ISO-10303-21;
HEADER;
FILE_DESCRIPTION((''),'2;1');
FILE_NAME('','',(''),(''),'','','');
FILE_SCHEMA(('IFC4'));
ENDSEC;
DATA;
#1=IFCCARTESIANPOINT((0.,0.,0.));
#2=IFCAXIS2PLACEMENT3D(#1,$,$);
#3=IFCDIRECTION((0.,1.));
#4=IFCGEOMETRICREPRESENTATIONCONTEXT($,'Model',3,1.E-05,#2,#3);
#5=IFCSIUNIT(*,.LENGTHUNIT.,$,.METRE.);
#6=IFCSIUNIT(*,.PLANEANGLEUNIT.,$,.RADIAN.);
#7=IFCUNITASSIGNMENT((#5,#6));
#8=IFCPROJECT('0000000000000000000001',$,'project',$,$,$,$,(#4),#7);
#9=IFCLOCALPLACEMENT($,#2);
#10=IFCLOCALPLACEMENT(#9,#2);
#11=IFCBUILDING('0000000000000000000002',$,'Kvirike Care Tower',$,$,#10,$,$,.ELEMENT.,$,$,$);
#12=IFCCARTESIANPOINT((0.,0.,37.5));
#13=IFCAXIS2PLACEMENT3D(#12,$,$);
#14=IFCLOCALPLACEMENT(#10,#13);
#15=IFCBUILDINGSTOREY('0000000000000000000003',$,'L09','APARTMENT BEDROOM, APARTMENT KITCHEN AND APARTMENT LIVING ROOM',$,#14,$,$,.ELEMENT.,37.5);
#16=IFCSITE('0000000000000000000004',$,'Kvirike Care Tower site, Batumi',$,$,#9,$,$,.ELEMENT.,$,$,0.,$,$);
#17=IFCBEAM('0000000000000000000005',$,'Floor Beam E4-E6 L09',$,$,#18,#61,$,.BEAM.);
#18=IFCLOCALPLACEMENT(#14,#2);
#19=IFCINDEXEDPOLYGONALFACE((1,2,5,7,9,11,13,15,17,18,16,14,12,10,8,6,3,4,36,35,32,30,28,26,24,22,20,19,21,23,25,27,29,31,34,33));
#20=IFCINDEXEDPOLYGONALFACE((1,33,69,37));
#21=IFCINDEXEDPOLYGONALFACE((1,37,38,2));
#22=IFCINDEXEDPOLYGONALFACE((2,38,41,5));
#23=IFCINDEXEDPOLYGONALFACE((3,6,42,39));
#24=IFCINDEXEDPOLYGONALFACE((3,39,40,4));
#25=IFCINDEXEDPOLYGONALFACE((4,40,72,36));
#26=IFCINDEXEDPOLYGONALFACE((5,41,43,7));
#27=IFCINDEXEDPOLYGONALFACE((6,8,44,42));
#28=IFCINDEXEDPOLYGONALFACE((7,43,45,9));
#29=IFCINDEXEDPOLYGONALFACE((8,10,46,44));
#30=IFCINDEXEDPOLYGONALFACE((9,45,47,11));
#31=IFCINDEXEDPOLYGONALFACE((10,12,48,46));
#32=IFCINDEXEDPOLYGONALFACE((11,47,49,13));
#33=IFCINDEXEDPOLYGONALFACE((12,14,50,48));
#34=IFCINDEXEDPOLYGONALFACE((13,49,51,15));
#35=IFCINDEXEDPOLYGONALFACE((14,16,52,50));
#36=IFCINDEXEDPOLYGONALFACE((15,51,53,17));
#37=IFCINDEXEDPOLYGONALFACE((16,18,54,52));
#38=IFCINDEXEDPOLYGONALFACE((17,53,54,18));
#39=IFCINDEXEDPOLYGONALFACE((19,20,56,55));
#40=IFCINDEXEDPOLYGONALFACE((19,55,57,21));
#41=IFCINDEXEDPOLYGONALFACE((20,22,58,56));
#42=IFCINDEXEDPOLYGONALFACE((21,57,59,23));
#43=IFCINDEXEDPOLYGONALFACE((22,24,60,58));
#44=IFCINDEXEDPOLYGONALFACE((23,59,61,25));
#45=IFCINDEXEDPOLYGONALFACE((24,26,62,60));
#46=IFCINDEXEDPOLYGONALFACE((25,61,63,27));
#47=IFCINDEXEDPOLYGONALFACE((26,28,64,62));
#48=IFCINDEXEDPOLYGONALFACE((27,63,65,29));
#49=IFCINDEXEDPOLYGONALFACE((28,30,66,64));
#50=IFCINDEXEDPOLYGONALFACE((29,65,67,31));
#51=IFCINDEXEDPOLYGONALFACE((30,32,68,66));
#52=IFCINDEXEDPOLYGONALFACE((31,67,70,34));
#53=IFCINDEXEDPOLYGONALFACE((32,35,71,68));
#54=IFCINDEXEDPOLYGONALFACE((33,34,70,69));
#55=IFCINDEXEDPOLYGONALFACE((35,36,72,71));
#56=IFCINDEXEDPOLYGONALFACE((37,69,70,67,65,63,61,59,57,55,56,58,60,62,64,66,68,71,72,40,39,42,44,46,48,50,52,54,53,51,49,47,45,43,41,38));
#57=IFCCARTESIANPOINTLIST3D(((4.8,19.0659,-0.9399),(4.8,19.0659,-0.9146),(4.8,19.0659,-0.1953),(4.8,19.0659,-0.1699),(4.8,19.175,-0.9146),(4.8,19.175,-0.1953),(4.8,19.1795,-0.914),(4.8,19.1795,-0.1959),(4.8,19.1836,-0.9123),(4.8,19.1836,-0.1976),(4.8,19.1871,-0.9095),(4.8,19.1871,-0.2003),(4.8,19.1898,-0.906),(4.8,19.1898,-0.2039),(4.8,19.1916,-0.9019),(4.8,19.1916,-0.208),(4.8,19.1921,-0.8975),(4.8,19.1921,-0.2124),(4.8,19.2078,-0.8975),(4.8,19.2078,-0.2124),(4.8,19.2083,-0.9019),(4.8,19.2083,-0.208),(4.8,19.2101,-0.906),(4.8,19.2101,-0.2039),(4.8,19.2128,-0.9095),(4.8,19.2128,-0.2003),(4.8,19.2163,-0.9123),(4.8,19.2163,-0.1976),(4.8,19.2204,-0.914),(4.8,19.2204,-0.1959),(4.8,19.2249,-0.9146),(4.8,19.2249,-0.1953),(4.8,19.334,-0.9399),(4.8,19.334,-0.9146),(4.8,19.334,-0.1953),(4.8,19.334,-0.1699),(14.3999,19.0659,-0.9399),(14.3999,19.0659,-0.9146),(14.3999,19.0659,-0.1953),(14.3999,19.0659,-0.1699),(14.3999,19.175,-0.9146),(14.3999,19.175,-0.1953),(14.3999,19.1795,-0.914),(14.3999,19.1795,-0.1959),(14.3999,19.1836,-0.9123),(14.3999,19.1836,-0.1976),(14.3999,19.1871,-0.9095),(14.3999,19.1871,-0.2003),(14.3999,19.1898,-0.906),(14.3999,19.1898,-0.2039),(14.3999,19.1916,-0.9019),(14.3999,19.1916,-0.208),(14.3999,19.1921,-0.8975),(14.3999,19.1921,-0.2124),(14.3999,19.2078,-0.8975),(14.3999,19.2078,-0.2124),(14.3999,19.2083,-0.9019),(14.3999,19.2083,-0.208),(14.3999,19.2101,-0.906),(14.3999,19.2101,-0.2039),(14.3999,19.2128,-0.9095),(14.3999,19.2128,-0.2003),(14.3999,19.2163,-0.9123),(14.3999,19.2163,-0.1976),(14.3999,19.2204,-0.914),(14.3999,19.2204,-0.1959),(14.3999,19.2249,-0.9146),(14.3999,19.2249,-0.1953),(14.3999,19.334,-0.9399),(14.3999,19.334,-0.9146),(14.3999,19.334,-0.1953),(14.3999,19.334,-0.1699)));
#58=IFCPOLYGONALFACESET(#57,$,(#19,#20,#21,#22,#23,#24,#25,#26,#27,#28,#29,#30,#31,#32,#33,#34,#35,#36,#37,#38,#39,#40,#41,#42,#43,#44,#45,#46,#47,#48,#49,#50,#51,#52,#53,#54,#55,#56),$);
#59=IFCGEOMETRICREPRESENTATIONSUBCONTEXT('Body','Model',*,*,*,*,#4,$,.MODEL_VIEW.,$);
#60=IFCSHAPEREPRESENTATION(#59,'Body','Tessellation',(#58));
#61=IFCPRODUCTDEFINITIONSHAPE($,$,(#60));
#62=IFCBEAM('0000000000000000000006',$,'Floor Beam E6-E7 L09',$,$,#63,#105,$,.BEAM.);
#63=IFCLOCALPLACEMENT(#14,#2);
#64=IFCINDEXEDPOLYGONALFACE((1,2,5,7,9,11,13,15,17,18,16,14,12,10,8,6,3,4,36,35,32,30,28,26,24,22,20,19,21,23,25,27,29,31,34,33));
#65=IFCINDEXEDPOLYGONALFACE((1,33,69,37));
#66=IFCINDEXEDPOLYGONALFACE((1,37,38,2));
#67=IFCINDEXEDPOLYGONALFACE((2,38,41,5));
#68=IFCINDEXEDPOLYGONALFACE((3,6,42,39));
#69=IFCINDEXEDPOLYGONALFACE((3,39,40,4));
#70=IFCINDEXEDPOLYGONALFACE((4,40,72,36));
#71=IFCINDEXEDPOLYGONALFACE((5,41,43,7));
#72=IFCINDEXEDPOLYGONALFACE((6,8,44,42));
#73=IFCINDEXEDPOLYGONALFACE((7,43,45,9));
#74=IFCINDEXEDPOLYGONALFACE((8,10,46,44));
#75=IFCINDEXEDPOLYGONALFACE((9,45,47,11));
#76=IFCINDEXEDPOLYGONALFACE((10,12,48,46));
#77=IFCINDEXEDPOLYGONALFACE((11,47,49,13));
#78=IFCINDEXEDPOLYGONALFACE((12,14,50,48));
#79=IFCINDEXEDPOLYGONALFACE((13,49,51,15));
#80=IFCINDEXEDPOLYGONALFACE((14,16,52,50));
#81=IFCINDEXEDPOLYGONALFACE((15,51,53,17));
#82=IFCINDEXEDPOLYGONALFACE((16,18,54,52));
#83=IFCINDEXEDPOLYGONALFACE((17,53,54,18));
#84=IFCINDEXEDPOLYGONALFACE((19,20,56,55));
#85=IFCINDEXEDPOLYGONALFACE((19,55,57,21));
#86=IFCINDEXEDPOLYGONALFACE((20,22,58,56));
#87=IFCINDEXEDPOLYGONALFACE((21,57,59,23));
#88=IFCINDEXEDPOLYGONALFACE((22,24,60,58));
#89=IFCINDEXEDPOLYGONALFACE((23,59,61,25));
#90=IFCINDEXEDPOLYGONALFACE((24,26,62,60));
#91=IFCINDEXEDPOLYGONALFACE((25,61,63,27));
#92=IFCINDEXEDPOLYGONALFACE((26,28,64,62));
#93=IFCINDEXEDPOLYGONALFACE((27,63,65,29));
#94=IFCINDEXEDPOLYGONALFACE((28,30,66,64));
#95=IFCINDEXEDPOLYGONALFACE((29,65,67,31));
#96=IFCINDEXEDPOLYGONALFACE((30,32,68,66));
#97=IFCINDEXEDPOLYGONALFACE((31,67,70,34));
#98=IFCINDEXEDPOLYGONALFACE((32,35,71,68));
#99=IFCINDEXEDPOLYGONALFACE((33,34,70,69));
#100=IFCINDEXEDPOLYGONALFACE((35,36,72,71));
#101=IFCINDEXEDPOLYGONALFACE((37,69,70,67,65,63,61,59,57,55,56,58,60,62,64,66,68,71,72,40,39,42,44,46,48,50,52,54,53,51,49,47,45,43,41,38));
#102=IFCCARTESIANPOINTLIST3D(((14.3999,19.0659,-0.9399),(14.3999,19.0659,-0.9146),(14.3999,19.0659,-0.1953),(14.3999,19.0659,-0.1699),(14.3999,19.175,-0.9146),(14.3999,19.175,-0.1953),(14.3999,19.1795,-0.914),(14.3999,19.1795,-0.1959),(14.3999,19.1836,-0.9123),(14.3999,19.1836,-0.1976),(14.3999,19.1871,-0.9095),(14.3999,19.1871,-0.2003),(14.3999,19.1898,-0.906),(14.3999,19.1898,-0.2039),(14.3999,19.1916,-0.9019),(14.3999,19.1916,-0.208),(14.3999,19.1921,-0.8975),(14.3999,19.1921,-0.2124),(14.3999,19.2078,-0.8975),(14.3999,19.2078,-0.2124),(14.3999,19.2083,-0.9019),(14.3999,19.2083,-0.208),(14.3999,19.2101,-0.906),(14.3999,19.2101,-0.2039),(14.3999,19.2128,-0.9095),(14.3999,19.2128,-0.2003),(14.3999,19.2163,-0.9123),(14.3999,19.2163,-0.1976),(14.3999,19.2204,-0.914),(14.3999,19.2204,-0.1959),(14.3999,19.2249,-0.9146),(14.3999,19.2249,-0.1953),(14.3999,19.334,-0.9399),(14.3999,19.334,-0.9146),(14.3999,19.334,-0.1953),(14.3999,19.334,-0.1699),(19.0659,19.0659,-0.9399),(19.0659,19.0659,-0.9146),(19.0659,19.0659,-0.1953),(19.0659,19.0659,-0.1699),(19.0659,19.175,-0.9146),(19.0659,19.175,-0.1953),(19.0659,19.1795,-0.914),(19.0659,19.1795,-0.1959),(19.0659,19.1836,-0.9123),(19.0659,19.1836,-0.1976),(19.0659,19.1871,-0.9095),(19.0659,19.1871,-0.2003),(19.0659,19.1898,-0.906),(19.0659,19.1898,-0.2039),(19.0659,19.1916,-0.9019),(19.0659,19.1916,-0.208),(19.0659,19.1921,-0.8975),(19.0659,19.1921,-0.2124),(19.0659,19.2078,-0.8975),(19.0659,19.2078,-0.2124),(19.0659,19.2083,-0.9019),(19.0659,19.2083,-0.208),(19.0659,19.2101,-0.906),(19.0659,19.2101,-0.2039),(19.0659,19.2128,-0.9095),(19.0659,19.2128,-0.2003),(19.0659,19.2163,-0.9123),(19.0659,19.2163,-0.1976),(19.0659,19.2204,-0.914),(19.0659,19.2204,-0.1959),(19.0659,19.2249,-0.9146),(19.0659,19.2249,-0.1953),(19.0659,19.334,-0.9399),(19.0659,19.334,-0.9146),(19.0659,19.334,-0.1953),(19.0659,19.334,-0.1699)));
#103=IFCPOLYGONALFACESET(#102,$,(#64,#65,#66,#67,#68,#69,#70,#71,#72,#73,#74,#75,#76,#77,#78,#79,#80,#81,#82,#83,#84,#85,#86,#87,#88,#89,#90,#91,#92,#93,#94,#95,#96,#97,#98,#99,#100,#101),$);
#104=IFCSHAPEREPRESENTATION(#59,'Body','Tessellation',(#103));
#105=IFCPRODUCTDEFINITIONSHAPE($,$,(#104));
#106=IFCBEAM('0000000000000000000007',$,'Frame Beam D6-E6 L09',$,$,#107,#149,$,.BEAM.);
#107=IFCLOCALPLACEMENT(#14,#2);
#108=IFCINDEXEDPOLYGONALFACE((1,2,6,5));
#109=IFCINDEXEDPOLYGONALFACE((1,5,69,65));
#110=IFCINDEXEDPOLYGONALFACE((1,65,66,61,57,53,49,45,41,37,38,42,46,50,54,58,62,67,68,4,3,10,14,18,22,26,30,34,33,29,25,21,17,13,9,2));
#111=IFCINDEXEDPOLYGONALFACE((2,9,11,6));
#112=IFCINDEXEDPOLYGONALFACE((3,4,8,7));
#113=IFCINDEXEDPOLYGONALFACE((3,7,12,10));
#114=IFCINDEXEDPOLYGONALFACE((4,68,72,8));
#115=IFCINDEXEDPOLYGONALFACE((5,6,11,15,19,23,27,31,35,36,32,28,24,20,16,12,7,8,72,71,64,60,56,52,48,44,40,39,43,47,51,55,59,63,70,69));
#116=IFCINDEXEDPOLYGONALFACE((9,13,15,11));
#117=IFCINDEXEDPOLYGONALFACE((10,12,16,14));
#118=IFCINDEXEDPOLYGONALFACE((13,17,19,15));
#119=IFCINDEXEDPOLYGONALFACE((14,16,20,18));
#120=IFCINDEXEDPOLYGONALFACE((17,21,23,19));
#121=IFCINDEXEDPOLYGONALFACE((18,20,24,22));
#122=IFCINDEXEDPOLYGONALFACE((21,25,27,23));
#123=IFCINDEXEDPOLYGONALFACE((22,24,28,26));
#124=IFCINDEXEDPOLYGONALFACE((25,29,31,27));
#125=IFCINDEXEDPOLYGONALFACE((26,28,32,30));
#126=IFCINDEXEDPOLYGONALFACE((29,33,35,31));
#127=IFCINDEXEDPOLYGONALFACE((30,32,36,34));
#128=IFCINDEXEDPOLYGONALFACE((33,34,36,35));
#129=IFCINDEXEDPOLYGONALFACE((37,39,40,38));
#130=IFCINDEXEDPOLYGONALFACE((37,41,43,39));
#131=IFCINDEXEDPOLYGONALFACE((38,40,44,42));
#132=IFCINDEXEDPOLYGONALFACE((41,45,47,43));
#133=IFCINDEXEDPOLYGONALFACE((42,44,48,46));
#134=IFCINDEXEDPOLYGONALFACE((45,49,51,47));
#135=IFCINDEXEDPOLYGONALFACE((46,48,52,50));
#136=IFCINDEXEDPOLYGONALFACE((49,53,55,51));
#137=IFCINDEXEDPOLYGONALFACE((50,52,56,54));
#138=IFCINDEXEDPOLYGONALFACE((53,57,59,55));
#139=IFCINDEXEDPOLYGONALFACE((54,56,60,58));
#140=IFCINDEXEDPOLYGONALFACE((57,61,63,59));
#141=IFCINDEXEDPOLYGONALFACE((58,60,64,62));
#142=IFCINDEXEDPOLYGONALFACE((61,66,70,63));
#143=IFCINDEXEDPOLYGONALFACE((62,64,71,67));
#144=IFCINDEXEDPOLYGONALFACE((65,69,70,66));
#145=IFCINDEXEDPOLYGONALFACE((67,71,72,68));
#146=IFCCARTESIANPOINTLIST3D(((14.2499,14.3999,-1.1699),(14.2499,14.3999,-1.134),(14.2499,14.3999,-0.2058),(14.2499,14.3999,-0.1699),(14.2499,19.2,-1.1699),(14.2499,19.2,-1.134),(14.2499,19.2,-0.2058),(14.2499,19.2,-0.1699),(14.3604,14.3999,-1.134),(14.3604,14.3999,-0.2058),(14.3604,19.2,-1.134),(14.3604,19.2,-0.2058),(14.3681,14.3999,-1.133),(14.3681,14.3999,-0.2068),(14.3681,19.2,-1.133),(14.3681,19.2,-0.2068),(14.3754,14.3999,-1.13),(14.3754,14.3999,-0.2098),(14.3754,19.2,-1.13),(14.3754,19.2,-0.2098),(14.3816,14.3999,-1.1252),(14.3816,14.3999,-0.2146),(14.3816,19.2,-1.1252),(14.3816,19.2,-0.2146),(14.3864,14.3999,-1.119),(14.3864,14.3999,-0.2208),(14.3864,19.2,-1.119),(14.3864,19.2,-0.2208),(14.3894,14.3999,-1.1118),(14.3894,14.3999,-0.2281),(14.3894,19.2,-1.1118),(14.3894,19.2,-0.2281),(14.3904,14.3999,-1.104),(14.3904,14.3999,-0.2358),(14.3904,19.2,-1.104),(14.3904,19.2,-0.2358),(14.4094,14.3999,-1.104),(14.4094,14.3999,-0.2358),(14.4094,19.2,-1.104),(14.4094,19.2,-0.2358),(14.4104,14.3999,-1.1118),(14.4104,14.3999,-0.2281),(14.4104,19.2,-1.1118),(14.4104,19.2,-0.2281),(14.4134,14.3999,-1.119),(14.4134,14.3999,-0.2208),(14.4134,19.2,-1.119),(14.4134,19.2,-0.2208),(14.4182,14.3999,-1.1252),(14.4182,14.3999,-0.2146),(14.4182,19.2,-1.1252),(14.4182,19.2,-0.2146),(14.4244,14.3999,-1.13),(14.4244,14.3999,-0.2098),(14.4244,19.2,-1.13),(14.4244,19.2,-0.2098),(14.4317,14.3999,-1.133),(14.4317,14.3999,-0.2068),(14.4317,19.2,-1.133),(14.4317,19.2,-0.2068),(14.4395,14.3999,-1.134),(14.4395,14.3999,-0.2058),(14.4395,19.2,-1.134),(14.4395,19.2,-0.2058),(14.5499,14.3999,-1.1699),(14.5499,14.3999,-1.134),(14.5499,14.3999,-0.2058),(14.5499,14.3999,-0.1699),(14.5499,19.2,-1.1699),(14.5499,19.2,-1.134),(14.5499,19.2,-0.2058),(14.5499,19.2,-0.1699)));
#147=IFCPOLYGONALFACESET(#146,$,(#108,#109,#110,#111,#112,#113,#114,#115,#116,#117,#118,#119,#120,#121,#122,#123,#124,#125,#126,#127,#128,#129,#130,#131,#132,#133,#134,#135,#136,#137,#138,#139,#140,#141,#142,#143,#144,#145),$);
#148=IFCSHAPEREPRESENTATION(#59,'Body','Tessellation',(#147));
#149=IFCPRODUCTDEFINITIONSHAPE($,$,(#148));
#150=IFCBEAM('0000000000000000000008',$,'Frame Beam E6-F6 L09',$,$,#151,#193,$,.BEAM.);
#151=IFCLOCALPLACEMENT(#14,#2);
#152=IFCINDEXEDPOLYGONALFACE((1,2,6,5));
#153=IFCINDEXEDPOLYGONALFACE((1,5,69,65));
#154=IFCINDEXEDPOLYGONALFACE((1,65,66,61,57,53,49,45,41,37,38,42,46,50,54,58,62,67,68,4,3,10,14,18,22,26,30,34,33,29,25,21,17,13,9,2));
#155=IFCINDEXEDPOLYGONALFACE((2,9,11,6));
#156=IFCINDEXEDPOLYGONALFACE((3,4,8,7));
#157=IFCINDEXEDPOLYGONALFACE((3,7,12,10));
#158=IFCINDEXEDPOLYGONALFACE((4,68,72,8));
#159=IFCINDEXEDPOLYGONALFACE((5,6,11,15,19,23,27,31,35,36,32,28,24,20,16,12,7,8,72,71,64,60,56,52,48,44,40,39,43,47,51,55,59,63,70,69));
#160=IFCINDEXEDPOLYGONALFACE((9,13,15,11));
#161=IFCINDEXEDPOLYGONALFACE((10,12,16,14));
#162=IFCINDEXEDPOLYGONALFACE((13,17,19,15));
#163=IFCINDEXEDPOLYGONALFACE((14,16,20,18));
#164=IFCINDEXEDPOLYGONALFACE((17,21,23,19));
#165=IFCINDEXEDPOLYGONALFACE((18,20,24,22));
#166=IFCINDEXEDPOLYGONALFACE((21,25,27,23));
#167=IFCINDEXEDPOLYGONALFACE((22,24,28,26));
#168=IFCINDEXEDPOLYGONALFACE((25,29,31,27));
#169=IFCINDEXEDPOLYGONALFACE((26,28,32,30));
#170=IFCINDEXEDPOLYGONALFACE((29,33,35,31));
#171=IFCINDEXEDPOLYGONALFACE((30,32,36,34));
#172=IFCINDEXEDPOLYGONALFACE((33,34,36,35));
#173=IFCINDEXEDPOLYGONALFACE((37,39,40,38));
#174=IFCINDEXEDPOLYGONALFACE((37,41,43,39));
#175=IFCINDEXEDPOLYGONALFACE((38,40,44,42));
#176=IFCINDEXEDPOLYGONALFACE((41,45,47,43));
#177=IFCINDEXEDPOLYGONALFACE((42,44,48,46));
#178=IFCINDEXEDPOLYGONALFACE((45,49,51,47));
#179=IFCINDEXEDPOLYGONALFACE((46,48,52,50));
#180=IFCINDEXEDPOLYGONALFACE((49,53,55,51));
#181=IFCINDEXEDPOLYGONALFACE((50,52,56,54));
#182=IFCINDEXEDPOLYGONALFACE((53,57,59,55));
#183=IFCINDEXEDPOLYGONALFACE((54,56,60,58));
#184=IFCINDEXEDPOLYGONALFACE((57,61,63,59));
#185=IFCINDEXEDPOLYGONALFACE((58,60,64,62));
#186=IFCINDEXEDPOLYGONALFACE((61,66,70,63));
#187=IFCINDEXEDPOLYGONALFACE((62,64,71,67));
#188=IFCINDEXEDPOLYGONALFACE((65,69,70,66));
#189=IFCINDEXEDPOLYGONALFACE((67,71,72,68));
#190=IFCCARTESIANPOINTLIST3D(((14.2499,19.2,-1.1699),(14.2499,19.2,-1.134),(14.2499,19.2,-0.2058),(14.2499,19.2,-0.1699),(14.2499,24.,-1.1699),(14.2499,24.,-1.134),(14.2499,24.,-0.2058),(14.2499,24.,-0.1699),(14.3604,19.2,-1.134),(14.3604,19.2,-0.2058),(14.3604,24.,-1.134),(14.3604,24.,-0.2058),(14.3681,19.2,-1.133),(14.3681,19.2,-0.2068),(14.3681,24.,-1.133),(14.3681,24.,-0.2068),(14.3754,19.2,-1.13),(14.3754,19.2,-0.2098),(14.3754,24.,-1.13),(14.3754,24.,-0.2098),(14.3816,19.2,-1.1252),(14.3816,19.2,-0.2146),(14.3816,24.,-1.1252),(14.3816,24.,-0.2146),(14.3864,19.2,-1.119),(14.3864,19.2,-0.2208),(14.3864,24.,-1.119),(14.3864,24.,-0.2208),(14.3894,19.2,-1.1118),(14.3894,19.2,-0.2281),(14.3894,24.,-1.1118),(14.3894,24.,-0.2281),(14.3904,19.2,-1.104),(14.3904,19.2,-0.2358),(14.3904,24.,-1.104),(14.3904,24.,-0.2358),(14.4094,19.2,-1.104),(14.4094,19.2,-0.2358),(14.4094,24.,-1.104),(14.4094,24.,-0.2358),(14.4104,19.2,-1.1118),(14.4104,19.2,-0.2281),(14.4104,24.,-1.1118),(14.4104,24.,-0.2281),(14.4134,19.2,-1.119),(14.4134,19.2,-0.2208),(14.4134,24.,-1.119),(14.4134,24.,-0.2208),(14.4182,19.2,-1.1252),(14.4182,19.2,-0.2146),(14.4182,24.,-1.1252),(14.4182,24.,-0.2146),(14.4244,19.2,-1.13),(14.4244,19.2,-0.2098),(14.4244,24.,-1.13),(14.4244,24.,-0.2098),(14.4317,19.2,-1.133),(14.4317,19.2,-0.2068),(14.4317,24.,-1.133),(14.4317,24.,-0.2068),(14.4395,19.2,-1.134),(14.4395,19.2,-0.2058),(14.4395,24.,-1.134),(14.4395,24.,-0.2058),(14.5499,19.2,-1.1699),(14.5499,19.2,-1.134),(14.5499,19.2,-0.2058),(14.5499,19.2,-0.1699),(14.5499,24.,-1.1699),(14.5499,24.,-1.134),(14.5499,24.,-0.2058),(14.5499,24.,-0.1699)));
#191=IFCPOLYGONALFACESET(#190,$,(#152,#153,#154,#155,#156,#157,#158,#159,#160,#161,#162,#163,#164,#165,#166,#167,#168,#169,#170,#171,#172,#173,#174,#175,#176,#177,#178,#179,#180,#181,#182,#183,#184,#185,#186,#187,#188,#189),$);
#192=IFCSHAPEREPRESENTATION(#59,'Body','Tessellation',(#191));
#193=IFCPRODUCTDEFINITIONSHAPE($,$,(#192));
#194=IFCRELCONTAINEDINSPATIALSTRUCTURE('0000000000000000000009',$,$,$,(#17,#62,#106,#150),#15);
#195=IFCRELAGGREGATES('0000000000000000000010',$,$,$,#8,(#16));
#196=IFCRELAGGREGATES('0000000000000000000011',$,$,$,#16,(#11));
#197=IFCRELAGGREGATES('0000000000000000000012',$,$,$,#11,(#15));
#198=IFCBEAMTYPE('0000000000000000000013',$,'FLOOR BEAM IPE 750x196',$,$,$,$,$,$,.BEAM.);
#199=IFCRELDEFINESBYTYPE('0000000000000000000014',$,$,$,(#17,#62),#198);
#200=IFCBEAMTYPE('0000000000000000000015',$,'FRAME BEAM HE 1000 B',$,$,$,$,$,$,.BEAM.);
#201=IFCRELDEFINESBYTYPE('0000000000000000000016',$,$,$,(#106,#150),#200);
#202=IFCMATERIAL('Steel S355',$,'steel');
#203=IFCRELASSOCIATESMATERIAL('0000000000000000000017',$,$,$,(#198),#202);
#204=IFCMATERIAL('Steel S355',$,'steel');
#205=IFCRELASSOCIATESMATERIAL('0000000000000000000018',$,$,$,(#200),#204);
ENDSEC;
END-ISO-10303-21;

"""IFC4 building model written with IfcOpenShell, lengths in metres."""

from ifc_helpers import new_model, si_unit, direction, frame, origin, origin_2d, place, context, subcontext, project, spatial, i_section, extrude, material, material_profile, profile_set, type_object, element, save


model = new_model("IFC4")

# Units and contexts
model_context = context("Model", 3, precision=1e-05, world=origin(), true_north=direction((0.0, 1.0)))
body_context = subcontext(model_context, "Body", "Model", "MODEL_VIEW")
ifc_project = project(units=[si_unit("LENGTHUNIT", "METRE"), si_unit("PLANEANGLEUNIT", "RADIAN")], contexts=[model_context])

# Site, building, storey
site_placement = place(None, origin())
site = spatial("IfcSite", under=ifc_project, at=site_placement, Name="Kvirike Care Tower site, Batumi", CompositionType="ELEMENT", RefElevation=0.0)
building_placement = place(site_placement, origin())
building = spatial("IfcBuilding", under=site, at=building_placement, Name="Kvirike Care Tower", CompositionType="ELEMENT")
storey_placement = place(building_placement, frame((0.0, 0.0, 37.5)))
storey = spatial("IfcBuildingStorey", under=building, at=storey_placement, Name="L09", Description="APARTMENT BEDROOM, APARTMENT KITCHEN AND APARTMENT LIVING ROOM", CompositionType="ELEMENT", Elevation=37.5)

# Beams
ifc_material_1 = material(Name="Steel S355", Category="steel")
ifc_material_profile_1 = material_profile(ifc_material_1, i_section(OverallWidth=0.2681, OverallDepth=0.77, WebThickness=0.0156, FlangeThickness=0.0254, FilletRadius=0.0171, at=origin_2d()), Name="IPE 750x196")
ifc_profile_set_1 = profile_set([ifc_material_profile_1], Name="Steel S355")
beam_type_1 = type_object("IfcBeamType", Name="FLOOR BEAM IPE 750x196", PredefinedType="BEAM", material=ifc_profile_set_1)
beam_1_placement = place(storey_placement, frame((4.8, 19.2, -0.5549), z_axis=(1.0, 0.0, 0.0), x_axis=(0.0, 1.0, 0.0)))
element("IfcBeam", 1, at=beam_1_placement, inside=storey, type_object=beam_type_1, Name="Floor Beam E4-E6 L09", PredefinedType="BEAM", context=body_context, shape_type="SweptSolid", body=[
    extrude(i_section(OverallWidth=0.2681, OverallDepth=0.77, WebThickness=0.0156, FlangeThickness=0.0254, FilletRadius=0.0171, at=origin_2d()), origin(), (0.0, 0.0, 1.0), 9.5999),
])
beam_2_placement = place(storey_placement, frame((14.3999, 19.2, -0.5549), z_axis=(1.0, 0.0, 0.0), x_axis=(0.0, 1.0, 0.0)))
element("IfcBeam", 2, at=beam_2_placement, inside=storey, type_object=beam_type_1, Name="Floor Beam E6-E7 L09", PredefinedType="BEAM", context=body_context, shape_type="SweptSolid", body=[
    extrude(i_section(OverallWidth=0.2681, OverallDepth=0.77, WebThickness=0.0156, FlangeThickness=0.0254, FilletRadius=0.0171, at=origin_2d()), origin(), (0.0, 0.0, 1.0), 4.666),
])
ifc_material_2 = material(Name="Steel S355", Category="steel")
ifc_material_profile_2 = material_profile(ifc_material_2, i_section(OverallWidth=0.3, OverallDepth=1.0, WebThickness=0.019, FlangeThickness=0.0359, FilletRadius=0.03, at=origin_2d()), Name="HE 1000 B")
ifc_profile_set_2 = profile_set([ifc_material_profile_2], Name="Steel S355")
beam_type_2 = type_object("IfcBeamType", Name="FRAME BEAM HE 1000 B", PredefinedType="BEAM", material=ifc_profile_set_2)
for number, where, z_axis, x_axis, name in (
    (3, (14.3999, 14.3999, -0.6699), (0.0, 1.0, 0.0), (-1.0, 0.0, 0.0), "Frame Beam D6-E6 L09"),
    (4, (14.3999, 19.2, -0.6699), (0.0, 1.0, 0.0), (-1.0, 0.0, 0.0), "Frame Beam E6-F6 L09"),
):
    element("IfcBeam", number, at=place(storey_placement, frame(where, z_axis=z_axis, x_axis=x_axis)), inside=storey, type_object=beam_type_2, Name=name, PredefinedType="BEAM", context=body_context, shape_type="SweptSolid", body=[
        extrude(i_section(OverallWidth=0.3, OverallDepth=1.0, WebThickness=0.019, FlangeThickness=0.0359, FilletRadius=0.03, at=origin_2d()), origin(), (0.0, 0.0, 1.0), 4.8),
    ])

save(model, "model.ifc")
